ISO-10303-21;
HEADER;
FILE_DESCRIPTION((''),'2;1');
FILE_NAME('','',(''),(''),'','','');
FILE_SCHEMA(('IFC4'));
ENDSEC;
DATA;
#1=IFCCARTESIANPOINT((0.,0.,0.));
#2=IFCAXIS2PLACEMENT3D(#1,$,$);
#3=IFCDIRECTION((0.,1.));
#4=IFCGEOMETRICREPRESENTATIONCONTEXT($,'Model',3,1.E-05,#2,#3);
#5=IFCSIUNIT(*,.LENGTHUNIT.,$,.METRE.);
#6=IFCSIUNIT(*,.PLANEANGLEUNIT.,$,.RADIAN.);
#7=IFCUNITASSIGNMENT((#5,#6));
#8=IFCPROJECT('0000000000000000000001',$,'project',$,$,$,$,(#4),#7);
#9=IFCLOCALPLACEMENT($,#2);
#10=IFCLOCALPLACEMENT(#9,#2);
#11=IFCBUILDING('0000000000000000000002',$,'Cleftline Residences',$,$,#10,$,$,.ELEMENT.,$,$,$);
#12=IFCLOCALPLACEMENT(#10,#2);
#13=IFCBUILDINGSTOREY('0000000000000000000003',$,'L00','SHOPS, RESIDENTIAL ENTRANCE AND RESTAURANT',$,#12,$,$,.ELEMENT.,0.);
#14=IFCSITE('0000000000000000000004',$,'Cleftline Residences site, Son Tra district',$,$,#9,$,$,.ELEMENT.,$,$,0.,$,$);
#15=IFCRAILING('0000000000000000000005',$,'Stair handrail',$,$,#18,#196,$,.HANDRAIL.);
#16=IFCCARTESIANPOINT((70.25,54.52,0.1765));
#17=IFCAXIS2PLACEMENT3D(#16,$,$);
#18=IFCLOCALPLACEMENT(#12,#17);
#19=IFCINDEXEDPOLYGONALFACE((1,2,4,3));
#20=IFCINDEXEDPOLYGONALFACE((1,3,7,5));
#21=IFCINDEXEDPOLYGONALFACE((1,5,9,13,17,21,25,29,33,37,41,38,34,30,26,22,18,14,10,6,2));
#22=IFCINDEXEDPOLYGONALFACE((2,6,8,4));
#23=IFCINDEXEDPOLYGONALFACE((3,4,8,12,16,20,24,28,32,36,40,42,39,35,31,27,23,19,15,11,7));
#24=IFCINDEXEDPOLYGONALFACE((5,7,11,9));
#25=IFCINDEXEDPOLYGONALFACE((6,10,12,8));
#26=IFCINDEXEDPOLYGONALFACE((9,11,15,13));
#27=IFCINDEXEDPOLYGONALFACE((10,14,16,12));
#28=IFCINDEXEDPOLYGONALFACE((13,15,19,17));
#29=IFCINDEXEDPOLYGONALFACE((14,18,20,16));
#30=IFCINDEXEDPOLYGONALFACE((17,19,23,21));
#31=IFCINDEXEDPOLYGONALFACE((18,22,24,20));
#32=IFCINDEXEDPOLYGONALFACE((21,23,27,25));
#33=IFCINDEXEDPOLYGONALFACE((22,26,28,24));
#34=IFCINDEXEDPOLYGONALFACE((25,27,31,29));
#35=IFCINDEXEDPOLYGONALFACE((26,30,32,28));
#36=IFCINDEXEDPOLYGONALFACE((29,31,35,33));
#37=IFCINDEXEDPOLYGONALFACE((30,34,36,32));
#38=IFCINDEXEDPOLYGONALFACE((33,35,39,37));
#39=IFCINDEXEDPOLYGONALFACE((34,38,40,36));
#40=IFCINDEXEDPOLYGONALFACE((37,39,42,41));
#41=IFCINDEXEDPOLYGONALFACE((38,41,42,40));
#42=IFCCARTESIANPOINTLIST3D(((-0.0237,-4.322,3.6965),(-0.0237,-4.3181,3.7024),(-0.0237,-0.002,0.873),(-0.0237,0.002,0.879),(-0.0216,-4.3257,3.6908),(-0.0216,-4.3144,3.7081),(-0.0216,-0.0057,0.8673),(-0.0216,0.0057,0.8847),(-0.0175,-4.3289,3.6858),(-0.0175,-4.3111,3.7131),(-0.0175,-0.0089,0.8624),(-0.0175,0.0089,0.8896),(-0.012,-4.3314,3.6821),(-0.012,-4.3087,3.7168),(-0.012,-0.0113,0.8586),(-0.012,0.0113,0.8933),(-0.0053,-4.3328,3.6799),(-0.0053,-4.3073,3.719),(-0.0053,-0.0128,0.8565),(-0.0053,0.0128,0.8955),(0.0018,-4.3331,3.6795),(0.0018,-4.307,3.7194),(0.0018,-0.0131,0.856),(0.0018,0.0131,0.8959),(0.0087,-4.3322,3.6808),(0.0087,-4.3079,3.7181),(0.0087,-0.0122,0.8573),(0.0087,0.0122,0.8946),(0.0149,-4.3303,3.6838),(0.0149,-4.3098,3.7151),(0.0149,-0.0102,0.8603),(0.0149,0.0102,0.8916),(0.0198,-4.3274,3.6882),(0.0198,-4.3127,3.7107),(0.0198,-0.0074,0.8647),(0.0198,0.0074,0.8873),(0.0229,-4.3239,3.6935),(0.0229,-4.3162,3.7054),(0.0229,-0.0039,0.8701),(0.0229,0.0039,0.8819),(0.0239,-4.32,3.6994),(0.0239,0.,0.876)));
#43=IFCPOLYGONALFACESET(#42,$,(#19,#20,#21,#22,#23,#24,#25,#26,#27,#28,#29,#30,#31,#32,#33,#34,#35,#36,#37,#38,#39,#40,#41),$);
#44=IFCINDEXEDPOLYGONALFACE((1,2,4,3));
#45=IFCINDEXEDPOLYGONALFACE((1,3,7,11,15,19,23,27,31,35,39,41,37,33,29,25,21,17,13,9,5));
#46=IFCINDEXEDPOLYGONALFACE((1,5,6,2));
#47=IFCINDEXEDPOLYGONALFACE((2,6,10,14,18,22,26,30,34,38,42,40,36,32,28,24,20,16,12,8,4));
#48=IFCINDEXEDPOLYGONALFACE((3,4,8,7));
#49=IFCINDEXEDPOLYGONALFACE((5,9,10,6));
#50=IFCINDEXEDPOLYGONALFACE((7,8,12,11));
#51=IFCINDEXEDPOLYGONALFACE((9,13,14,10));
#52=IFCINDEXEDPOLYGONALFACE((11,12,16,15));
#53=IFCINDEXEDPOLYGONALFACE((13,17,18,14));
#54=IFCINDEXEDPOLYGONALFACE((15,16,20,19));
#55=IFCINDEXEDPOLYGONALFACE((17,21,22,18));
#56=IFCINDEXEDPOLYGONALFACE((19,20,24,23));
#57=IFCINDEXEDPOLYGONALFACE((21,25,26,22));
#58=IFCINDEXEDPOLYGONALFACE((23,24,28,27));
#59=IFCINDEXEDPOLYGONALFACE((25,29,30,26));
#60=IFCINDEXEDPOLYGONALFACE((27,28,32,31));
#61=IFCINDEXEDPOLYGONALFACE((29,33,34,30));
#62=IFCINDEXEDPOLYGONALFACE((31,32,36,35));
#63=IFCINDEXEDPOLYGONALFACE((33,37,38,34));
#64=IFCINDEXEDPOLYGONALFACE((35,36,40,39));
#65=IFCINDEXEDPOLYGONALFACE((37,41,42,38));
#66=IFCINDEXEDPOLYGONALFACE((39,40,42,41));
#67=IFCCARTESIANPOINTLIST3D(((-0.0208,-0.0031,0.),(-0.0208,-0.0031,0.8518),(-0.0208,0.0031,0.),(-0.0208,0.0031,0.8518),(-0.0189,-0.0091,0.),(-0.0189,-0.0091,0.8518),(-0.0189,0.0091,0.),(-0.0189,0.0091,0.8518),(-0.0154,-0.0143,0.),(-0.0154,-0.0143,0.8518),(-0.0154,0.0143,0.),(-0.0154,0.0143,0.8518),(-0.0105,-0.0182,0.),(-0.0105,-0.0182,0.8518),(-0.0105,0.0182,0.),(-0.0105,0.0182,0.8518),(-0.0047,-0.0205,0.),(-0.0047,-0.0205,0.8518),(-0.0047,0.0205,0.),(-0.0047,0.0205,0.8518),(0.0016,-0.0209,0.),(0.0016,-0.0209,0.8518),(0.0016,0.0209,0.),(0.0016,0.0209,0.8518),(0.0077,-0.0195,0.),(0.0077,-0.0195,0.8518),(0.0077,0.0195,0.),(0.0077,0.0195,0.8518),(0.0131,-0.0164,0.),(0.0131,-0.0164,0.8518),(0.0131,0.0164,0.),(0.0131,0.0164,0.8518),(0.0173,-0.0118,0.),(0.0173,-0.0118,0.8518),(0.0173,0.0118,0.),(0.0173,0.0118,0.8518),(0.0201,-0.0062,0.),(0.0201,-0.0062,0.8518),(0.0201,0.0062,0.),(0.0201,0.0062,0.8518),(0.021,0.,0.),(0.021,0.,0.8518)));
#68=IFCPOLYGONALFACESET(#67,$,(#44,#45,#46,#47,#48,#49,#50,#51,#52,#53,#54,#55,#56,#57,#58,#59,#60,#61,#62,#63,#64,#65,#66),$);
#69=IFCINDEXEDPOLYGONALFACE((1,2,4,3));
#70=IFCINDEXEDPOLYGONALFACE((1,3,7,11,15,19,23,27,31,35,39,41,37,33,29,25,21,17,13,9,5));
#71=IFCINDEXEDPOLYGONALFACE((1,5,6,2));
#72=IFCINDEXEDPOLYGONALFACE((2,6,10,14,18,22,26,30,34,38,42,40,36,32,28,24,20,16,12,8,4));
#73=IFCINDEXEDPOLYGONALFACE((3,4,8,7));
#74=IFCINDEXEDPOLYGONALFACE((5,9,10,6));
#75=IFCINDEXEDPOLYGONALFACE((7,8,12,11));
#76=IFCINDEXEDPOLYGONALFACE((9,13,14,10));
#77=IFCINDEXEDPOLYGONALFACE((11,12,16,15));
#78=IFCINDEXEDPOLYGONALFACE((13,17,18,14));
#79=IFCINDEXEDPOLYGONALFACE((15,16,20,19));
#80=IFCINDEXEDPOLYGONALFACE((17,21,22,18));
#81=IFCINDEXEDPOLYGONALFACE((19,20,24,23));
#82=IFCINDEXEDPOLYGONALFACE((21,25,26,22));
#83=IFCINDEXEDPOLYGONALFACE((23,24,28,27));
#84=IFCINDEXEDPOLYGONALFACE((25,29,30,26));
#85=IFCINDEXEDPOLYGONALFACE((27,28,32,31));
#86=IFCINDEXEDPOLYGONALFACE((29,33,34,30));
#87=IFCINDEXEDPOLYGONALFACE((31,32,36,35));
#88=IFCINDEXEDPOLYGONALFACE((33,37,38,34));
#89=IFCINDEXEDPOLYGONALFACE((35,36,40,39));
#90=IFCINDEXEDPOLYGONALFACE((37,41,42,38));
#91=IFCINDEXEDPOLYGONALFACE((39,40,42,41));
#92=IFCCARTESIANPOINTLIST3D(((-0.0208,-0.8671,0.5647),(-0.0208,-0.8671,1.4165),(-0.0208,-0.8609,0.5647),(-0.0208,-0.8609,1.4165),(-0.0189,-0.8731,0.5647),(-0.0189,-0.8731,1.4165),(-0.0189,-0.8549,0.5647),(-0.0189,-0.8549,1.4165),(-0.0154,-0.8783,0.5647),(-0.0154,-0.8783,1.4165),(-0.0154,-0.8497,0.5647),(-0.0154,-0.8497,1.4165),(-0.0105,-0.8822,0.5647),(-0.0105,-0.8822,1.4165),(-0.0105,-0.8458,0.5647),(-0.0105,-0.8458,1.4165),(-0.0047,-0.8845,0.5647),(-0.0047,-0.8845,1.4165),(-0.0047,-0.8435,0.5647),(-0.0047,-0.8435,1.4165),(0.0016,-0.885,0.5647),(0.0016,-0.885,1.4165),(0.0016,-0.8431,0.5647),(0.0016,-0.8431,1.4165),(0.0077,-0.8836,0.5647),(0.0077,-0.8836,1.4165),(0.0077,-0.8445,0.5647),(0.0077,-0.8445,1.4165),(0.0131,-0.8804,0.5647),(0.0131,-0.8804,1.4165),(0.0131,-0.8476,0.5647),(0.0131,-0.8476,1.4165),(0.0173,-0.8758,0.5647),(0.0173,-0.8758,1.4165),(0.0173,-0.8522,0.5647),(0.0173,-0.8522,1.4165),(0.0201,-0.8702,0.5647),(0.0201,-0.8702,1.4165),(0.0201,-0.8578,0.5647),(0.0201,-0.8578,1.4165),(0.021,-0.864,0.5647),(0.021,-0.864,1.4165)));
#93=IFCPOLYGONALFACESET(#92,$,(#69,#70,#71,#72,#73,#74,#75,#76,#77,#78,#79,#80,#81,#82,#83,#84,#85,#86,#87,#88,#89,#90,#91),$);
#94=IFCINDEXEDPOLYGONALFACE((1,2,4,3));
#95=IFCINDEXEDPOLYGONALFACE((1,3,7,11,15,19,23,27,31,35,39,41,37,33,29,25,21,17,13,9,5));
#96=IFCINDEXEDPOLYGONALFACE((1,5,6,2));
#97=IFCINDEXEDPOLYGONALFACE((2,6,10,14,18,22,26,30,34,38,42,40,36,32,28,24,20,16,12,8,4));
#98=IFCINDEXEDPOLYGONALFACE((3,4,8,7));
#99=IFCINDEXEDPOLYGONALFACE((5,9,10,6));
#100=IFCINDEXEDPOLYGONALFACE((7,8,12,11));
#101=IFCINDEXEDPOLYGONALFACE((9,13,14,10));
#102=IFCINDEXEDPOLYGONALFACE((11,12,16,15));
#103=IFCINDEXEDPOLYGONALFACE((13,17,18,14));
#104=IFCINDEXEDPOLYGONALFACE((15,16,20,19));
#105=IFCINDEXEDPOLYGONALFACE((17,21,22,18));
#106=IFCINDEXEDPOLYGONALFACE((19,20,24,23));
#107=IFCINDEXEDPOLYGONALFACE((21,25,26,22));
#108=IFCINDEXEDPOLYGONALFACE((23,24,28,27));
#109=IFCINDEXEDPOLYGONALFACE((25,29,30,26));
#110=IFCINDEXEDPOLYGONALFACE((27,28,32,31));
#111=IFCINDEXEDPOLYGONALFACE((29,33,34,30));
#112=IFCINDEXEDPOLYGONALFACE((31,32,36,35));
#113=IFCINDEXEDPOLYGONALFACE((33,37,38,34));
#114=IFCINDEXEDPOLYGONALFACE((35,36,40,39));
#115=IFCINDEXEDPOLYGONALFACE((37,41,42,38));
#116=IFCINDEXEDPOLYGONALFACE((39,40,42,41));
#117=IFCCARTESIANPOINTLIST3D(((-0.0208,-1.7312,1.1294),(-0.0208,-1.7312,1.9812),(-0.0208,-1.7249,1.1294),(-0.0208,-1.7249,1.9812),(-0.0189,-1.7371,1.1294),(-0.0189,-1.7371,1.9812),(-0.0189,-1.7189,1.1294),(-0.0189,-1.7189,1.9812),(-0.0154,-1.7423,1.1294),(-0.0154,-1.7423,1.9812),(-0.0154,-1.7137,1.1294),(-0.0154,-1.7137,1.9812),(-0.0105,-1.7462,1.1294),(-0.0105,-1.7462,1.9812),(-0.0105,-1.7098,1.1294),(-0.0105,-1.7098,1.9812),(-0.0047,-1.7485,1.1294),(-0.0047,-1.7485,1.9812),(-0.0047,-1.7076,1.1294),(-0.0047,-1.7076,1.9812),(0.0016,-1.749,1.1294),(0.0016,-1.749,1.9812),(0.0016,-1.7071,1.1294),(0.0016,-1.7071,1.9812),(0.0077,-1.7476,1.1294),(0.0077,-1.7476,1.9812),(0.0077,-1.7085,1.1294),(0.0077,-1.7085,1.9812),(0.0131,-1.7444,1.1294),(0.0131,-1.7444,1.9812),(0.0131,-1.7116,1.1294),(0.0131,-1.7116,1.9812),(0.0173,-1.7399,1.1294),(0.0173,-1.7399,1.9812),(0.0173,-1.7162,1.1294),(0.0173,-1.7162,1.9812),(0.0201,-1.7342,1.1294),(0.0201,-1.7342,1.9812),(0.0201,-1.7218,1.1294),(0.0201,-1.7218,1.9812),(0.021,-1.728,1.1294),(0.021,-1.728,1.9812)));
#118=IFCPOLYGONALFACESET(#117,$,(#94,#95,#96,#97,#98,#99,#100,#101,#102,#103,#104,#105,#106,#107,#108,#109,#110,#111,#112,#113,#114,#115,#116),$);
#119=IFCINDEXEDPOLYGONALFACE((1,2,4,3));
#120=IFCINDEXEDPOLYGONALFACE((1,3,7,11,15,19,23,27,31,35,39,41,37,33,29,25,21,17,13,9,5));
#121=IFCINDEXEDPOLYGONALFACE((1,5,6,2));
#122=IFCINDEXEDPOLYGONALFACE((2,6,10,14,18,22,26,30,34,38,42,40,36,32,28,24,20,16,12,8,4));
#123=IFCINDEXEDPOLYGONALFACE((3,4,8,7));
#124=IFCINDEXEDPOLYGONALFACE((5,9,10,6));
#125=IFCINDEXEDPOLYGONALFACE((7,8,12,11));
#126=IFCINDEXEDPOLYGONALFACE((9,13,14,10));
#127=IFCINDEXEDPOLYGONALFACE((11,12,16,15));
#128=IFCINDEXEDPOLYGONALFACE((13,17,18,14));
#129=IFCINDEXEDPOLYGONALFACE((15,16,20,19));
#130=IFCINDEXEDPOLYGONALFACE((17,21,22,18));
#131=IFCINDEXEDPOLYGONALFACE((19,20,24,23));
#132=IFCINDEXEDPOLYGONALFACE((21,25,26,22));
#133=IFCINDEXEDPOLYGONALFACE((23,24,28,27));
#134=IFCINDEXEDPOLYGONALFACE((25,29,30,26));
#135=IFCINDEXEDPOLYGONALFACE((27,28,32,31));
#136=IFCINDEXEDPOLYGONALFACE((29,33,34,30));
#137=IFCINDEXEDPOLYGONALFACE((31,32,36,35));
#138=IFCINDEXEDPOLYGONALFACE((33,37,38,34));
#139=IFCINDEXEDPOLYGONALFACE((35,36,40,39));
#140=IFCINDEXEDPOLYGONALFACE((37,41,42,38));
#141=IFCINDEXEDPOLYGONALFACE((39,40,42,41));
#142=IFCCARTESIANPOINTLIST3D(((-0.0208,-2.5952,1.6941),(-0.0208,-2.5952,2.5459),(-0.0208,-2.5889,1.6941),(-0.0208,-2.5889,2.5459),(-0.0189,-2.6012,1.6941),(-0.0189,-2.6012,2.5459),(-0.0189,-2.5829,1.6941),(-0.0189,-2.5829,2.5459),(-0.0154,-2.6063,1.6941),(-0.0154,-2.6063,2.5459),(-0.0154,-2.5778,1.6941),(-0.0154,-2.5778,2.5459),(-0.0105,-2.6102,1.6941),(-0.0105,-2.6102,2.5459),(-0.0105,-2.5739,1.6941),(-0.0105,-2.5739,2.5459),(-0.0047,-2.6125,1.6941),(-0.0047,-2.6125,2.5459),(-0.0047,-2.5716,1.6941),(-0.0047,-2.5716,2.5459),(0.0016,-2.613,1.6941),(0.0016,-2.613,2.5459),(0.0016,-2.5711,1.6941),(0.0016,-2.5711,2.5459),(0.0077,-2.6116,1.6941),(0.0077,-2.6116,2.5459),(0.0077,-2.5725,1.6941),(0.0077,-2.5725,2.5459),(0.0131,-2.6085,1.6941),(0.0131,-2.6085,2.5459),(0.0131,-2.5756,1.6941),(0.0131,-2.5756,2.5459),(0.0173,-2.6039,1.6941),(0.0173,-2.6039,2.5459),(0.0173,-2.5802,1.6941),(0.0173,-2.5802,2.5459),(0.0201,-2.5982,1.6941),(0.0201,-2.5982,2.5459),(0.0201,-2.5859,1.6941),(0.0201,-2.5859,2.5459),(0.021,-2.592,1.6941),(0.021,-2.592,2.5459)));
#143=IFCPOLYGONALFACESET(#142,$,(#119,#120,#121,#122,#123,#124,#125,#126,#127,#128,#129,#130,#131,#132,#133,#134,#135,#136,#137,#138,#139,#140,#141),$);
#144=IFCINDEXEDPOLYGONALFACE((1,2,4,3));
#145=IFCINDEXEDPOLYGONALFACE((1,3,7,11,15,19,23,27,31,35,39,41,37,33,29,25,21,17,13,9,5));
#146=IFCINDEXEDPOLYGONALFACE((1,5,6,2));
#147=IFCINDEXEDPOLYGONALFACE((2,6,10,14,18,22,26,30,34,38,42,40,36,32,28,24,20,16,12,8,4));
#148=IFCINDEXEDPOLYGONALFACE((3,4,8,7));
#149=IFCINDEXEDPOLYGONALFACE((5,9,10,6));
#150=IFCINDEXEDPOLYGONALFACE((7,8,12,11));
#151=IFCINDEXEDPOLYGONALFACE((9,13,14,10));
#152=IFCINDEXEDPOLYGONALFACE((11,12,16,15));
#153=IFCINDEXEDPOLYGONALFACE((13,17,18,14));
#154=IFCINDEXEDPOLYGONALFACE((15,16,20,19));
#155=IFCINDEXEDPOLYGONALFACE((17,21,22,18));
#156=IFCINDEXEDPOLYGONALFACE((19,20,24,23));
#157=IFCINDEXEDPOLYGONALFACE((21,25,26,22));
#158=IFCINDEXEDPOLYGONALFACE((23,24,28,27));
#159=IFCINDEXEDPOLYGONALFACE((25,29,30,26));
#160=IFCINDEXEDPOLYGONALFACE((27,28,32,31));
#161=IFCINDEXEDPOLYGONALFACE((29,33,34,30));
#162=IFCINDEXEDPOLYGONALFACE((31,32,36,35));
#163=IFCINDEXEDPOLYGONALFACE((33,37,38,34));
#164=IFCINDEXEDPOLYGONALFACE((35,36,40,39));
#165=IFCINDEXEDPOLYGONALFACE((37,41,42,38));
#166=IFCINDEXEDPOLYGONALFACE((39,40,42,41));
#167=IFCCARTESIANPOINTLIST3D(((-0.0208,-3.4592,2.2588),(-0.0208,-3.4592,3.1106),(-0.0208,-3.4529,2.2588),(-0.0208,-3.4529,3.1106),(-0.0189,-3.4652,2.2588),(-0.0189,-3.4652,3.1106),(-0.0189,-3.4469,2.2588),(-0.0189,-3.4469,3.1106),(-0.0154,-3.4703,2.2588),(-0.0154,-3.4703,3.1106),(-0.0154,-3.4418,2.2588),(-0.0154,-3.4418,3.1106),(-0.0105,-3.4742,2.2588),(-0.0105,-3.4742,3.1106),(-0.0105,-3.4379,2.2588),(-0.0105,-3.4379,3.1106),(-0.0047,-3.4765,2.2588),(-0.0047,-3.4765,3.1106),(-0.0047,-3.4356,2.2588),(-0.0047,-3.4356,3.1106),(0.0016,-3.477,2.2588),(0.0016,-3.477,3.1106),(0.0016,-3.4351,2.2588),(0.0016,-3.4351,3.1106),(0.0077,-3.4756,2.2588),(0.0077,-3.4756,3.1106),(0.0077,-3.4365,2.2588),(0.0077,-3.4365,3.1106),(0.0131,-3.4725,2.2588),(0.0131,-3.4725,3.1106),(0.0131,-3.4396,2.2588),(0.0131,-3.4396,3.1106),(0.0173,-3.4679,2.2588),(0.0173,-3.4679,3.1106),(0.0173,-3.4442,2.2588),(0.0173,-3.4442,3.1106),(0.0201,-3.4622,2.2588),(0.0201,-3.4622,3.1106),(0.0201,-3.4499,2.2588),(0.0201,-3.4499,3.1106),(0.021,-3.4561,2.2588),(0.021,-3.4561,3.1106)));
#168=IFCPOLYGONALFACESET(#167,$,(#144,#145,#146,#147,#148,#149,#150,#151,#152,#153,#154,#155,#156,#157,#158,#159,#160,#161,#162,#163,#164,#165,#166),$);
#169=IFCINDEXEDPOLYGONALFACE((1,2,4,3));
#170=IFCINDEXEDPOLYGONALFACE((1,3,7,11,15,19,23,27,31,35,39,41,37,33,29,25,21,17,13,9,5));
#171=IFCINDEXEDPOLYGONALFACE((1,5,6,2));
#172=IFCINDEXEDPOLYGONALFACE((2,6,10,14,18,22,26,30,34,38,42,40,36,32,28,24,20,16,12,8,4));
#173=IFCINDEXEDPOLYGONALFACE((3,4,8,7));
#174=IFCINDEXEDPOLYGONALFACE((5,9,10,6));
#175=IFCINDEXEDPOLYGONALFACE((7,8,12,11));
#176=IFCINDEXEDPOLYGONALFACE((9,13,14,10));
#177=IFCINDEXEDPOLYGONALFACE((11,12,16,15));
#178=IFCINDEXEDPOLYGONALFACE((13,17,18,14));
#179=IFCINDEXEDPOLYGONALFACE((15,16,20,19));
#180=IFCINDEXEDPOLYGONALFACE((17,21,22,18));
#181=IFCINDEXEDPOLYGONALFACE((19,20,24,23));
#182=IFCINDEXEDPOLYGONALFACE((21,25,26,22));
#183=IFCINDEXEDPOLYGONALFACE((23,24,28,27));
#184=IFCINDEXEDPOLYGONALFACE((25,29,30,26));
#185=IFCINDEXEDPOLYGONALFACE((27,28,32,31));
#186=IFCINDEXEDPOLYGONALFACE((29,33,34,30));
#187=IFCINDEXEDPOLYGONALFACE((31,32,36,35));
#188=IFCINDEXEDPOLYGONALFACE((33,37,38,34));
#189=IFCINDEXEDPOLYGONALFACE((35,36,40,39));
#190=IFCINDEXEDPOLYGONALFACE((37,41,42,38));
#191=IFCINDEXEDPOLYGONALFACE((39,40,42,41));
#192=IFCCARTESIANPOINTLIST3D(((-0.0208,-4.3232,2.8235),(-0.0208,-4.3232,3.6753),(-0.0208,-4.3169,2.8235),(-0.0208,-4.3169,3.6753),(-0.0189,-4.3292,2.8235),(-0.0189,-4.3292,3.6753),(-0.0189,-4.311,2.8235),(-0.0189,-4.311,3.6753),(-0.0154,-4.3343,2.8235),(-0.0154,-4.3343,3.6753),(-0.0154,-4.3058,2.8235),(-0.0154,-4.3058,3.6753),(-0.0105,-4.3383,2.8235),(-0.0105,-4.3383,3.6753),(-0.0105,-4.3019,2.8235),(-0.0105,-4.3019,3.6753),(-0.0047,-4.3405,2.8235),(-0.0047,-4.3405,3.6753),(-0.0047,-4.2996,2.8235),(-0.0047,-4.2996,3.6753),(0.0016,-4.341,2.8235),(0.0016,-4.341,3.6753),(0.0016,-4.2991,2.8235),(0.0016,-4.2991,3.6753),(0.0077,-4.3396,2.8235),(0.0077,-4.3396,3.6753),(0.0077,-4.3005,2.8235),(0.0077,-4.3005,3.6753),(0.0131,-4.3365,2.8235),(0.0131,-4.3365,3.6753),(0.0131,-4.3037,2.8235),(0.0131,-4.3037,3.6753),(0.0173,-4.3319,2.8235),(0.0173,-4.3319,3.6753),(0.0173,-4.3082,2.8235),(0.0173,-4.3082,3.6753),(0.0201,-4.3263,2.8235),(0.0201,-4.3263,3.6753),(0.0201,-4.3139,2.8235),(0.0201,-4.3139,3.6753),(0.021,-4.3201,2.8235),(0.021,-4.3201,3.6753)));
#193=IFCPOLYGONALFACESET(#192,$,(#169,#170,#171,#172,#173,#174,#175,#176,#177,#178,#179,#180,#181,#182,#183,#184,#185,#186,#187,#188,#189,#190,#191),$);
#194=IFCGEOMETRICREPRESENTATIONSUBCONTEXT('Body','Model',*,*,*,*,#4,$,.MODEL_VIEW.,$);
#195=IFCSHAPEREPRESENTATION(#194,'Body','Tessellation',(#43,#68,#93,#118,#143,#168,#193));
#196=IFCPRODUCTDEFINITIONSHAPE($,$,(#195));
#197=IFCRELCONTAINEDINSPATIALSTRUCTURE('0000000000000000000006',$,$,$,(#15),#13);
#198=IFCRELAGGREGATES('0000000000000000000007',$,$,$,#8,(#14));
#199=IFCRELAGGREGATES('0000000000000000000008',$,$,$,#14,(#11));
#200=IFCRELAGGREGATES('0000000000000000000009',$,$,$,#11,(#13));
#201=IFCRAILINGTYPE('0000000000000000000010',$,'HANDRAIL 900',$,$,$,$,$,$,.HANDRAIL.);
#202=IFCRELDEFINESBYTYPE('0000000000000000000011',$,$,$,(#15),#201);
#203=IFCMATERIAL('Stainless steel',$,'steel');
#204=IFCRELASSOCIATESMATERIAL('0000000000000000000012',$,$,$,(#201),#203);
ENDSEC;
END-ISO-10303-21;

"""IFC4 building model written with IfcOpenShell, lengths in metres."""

from ifc_helpers import new_model, si_unit, direction, frame, origin, origin_2d, place, context, subcontext, project, spatial, circle, extrude, material, type_object, element, save


model = new_model("IFC4")

# Units and contexts
model_context = context("Model", 3, precision=1e-05, world=origin(), true_north=direction((0.0, 1.0)))
body_context = subcontext(model_context, "Body", "Model", "MODEL_VIEW")
ifc_project = project(units=[si_unit("LENGTHUNIT", "METRE"), si_unit("PLANEANGLEUNIT", "RADIAN")], contexts=[model_context])

# Site, building, storey
site_placement = place(None, origin())
site = spatial("IfcSite", under=ifc_project, at=site_placement, Name="Cleftline Residences site, Son Tra district", CompositionType="ELEMENT", RefElevation=0.0)
building_placement = place(site_placement, origin())
building = spatial("IfcBuilding", under=site, at=building_placement, Name="Cleftline Residences", CompositionType="ELEMENT")
storey_placement = place(building_placement, origin())
storey = spatial("IfcBuildingStorey", under=building, at=storey_placement, Name="L00", Description="SHOPS, RESIDENTIAL ENTRANCE AND RESTAURANT", CompositionType="ELEMENT", Elevation=0.0)

# Railing
ifc_material_1 = material(Name="Stainless steel", Category="steel")
railing_type = type_object("IfcRailingType", Name="HANDRAIL 900", PredefinedType="HANDRAIL", material=ifc_material_1)
railing_1_placement = place(storey_placement, frame((70.25, 54.52, 0.1765)))
element("IfcRailing", 1, at=railing_1_placement, inside=storey, type_object=railing_type, Name="Stair handrail", PredefinedType="HANDRAIL", context=body_context, shape_type="SweptSolid", body=[
    extrude(circle(Radius=0.0239, at=origin_2d()), frame((0.0, 0.0, 0.876), z_axis=(0.0, -0.837074, 0.54709), x_axis=(1.0, 0.0, 0.0)), (0.0, 0.0, 1.0), 5.1609),
    extrude(circle(Radius=0.021, at=origin_2d()), origin(), (0.0, 0.0, 1.0), 0.8518),
    extrude(circle(Radius=0.021, at=origin_2d()), frame((0.0, -0.864, 0.5647)), (0.0, 0.0, 1.0), 0.8518),
    extrude(circle(Radius=0.021, at=origin_2d()), frame((0.0, -1.728, 1.1294)), (0.0, 0.0, 1.0), 0.8518),
    extrude(circle(Radius=0.021, at=origin_2d()), frame((0.0, -2.592, 1.6941)), (0.0, 0.0, 1.0), 0.8518),
    extrude(circle(Radius=0.021, at=origin_2d()), frame((0.0, -3.4561, 2.2588)), (0.0, 0.0, 1.0), 0.8518),
    extrude(circle(Radius=0.021, at=origin_2d()), frame((0.0, -4.3201, 2.8235)), (0.0, 0.0, 1.0), 0.8518),
])

save(model, "model.ifc")
